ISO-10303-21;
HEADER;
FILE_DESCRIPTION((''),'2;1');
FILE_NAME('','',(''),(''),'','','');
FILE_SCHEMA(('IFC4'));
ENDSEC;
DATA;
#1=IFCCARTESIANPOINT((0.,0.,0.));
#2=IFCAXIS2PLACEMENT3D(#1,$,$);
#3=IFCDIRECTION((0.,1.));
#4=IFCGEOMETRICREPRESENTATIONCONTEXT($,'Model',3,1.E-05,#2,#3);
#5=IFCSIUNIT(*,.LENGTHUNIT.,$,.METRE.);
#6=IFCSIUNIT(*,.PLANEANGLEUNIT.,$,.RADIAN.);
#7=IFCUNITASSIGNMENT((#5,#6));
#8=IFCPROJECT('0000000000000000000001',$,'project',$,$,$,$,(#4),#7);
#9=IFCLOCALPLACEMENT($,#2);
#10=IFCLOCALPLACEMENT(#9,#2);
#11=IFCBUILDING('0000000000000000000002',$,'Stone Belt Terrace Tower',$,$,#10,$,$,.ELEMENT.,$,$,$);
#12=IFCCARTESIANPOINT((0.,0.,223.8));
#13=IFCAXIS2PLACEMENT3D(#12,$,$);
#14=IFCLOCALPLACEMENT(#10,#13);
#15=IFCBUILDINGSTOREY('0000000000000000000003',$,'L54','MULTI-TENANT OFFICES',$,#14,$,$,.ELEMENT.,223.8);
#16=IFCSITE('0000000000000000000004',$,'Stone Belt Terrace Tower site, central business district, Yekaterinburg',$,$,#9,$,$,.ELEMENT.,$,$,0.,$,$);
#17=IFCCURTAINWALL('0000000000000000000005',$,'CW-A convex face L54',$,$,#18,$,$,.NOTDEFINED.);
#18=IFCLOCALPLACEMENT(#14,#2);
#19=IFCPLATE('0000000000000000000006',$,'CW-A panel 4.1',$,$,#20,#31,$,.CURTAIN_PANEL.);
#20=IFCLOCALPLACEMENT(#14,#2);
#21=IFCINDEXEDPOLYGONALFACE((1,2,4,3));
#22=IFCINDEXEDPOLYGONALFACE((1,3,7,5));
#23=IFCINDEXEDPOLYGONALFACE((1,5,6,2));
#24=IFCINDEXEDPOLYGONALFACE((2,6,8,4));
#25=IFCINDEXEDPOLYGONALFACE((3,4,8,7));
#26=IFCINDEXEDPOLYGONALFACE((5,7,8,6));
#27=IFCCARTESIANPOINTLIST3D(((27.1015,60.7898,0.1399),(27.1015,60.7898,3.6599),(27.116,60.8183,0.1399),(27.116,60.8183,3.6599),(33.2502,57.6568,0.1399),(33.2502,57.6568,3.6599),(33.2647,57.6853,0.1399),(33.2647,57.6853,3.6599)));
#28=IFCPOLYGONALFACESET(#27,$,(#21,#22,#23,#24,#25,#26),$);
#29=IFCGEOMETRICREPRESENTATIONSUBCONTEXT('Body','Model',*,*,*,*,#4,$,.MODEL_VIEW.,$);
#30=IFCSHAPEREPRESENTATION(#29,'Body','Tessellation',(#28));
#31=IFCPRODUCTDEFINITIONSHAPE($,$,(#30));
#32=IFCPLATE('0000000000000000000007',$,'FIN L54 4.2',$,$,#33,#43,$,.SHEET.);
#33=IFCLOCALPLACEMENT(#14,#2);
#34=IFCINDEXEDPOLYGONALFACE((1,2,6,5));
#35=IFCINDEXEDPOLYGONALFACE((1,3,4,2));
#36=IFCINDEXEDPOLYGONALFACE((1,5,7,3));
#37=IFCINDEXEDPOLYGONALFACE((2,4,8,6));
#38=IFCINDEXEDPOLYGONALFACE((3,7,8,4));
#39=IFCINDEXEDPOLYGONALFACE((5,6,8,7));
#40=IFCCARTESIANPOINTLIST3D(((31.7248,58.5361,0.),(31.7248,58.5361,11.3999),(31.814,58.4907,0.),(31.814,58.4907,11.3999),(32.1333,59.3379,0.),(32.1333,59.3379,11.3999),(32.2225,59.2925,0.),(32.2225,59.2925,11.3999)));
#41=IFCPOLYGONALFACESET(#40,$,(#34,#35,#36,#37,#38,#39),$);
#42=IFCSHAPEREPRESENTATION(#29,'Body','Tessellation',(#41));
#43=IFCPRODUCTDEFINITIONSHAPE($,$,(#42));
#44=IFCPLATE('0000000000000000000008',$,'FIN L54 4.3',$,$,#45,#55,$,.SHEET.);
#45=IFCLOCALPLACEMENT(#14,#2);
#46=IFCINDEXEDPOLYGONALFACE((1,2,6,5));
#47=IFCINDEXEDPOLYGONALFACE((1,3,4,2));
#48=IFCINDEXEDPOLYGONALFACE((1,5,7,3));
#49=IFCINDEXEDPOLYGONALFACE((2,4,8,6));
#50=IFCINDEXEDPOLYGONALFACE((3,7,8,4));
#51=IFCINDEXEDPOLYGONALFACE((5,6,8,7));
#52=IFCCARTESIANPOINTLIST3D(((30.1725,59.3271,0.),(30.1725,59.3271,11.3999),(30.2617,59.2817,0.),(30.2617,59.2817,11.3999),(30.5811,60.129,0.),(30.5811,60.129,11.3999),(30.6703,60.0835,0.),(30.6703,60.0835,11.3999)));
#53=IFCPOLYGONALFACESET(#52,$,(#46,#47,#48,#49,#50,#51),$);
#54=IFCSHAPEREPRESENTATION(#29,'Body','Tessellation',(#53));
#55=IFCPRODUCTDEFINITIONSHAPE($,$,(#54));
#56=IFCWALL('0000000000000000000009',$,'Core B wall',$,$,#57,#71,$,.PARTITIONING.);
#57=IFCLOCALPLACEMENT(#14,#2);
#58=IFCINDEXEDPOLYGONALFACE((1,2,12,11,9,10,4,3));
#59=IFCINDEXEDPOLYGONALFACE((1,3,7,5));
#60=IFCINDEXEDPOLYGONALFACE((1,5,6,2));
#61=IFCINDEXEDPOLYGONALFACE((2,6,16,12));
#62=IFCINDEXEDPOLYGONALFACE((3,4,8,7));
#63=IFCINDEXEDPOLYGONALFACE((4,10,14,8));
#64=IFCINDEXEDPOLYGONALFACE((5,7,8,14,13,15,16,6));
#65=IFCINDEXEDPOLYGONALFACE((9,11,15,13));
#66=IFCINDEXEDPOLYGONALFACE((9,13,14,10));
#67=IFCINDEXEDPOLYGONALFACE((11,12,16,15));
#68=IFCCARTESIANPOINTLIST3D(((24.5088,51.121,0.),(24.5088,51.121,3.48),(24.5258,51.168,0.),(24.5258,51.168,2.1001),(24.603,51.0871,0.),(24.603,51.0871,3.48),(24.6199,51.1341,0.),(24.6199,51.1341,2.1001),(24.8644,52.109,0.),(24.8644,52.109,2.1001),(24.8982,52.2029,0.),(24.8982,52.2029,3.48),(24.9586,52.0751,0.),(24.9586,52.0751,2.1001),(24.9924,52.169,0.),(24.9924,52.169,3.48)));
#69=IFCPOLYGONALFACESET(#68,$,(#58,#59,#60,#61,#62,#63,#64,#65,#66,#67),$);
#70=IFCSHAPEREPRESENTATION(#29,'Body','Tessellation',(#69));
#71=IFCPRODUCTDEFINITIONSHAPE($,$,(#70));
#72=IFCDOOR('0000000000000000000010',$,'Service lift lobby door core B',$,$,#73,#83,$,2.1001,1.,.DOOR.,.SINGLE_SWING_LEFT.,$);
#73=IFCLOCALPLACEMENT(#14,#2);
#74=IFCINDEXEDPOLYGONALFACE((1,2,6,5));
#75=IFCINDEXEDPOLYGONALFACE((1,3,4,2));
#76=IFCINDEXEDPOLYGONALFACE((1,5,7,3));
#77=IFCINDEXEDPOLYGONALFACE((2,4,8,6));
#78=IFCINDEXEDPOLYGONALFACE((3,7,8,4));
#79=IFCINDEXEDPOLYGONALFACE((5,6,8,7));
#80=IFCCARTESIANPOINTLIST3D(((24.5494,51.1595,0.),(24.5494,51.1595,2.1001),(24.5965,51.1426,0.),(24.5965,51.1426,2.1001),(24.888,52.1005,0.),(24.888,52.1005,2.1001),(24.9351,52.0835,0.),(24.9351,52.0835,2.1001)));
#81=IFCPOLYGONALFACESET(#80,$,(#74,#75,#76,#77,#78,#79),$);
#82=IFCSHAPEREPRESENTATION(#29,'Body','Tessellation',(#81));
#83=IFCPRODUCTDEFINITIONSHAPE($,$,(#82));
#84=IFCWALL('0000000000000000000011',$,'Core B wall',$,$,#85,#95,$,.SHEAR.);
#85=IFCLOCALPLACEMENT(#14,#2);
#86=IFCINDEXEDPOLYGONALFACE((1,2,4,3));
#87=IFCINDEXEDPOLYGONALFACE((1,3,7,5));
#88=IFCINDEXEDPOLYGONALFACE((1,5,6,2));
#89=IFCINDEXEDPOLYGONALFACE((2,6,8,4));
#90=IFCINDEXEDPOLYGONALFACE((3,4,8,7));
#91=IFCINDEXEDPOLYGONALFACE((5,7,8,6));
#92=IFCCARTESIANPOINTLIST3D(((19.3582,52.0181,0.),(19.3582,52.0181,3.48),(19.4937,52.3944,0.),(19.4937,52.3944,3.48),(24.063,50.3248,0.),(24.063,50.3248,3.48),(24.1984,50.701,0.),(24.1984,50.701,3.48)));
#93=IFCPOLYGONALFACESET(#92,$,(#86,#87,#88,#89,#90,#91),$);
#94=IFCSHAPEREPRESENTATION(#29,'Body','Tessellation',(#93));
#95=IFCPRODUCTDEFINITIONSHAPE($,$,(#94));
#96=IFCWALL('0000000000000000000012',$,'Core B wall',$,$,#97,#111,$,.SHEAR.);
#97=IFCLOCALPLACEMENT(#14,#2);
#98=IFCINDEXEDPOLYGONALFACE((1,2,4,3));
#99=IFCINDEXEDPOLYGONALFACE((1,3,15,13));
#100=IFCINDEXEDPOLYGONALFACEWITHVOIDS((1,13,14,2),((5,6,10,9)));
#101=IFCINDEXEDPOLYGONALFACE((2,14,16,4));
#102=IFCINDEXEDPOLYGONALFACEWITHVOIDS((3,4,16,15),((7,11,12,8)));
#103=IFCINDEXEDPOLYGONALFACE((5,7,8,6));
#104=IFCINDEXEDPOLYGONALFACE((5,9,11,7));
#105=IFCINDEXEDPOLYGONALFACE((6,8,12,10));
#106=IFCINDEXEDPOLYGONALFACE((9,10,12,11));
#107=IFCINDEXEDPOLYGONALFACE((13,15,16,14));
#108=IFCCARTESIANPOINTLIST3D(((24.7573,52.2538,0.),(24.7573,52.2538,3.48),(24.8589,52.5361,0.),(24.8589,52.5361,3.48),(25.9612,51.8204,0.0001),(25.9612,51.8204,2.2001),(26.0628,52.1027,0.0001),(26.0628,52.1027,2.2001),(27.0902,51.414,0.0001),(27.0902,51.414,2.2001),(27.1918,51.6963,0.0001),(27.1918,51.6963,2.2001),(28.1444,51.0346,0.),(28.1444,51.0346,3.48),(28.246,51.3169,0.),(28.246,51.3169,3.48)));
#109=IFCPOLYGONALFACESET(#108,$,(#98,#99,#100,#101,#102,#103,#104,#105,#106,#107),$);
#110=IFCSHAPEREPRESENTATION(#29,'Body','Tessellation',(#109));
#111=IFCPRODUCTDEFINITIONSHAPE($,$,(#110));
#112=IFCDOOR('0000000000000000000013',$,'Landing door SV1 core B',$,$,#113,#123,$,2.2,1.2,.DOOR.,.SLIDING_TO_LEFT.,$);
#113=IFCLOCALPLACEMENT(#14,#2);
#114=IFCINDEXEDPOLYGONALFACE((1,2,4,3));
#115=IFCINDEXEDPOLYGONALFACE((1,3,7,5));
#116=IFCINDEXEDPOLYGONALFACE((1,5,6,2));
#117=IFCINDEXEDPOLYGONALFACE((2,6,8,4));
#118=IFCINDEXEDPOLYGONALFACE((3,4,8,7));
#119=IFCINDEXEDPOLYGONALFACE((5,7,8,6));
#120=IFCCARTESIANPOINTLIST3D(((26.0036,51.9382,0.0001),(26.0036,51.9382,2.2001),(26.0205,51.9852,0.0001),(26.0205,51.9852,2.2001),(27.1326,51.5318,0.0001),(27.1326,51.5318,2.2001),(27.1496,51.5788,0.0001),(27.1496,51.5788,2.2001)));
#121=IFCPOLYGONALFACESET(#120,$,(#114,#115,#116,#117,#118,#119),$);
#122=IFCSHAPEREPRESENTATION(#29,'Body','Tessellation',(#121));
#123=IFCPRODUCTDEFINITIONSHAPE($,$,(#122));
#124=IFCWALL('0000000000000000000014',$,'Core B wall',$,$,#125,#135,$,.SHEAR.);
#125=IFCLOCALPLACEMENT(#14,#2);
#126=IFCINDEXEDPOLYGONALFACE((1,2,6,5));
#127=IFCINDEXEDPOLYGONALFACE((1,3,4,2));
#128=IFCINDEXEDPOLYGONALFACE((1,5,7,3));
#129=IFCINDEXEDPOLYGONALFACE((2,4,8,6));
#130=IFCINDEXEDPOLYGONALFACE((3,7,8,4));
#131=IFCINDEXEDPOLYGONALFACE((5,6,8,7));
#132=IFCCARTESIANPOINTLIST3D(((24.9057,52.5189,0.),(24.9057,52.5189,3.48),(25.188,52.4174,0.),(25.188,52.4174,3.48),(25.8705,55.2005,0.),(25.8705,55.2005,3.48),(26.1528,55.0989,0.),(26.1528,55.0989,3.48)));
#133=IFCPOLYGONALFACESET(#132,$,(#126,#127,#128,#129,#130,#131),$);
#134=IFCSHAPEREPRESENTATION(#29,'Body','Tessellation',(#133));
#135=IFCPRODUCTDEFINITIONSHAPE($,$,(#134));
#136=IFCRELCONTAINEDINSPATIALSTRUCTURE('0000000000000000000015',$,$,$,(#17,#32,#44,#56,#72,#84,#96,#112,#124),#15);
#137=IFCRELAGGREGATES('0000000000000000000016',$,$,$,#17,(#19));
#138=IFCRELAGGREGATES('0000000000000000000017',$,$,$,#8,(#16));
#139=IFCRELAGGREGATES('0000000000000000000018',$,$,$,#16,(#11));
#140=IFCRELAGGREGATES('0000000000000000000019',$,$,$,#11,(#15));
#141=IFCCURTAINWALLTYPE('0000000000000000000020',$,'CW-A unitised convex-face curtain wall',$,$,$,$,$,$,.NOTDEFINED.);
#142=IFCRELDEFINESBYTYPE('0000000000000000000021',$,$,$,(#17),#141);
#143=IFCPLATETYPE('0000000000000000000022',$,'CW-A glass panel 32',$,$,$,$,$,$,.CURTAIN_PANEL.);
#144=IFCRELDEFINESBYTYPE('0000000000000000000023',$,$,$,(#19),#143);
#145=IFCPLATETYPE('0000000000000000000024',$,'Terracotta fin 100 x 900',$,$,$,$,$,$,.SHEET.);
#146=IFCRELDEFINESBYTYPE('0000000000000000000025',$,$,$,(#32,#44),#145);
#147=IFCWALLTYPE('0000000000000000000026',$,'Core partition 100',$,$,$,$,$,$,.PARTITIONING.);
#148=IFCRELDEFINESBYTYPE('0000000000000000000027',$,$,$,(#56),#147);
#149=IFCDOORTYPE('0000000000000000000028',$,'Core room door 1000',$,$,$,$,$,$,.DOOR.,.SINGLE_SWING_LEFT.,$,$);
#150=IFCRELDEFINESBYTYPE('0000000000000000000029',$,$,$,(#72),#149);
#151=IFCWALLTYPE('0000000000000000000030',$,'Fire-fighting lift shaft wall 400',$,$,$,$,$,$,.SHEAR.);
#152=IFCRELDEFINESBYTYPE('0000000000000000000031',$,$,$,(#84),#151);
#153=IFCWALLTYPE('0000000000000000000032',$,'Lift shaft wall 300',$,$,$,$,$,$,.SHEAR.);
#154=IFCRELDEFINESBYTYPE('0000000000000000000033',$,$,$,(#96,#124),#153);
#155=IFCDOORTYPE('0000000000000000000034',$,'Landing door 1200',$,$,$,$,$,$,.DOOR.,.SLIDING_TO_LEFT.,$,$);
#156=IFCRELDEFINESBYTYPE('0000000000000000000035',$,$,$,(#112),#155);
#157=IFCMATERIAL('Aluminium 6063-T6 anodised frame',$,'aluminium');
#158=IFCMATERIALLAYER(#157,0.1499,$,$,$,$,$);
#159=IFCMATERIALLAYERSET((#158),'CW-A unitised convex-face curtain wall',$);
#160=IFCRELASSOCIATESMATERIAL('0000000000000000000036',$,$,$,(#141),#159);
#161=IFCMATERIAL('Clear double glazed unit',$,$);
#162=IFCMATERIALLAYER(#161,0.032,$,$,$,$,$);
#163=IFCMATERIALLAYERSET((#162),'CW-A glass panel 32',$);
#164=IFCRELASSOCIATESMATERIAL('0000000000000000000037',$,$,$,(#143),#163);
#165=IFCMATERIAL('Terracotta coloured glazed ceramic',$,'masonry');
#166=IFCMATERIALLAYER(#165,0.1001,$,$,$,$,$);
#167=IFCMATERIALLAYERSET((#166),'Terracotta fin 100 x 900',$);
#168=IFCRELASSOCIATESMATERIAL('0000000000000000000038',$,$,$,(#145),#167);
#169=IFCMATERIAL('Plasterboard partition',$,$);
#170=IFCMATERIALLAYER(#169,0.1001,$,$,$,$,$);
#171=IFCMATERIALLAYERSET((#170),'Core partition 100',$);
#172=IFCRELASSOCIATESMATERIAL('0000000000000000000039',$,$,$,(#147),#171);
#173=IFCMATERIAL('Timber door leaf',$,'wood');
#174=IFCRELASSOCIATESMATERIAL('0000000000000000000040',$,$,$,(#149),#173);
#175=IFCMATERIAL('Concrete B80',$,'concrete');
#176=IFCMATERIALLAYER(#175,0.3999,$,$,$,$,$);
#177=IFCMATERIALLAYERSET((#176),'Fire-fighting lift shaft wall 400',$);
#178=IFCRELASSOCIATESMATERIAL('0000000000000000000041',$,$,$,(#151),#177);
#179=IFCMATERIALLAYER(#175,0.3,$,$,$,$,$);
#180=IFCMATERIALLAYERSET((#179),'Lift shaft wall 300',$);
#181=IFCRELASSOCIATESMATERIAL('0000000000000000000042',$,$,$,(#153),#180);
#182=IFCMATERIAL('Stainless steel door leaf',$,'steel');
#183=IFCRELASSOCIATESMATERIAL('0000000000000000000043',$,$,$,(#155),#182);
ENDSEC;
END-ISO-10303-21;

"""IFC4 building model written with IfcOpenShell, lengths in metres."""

from ifc_helpers import new_model, si_unit, direction, frame, frame_2d, origin, origin_2d, place, context, subcontext, project, spatial, rectangle, extrude, material, layer, layer_set, type_object, element, fill, aggregate, save


model = new_model("IFC4")

# Units and contexts
model_context = context("Model", 3, precision=1e-05, world=origin(), true_north=direction((0.0, 1.0)))
body_context = subcontext(model_context, "Body", "Model", "MODEL_VIEW")
ifc_project = project(units=[si_unit("LENGTHUNIT", "METRE"), si_unit("PLANEANGLEUNIT", "RADIAN")], contexts=[model_context])

# Site, building, storey
site_placement = place(None, origin())
site = spatial("IfcSite", under=ifc_project, at=site_placement, Name="Stone Belt Terrace Tower site, central business district, Yekaterinburg", CompositionType="ELEMENT", RefElevation=0.0)
building_placement = place(site_placement, origin())
building = spatial("IfcBuilding", under=site, at=building_placement, Name="Stone Belt Terrace Tower", CompositionType="ELEMENT")
storey_placement = place(building_placement, frame((0.0, 0.0, 223.8)))
storey = spatial("IfcBuildingStorey", under=building, at=storey_placement, Name="L54", Description="MULTI-TENANT OFFICES", CompositionType="ELEMENT", Elevation=223.8)

# Curtain wall, plate
ifc_material_1 = material(Name="Aluminium 6063-T6 anodised frame", Category="aluminium")
ifc_layer_1 = layer(ifc_material_1, 0.1499)
ifc_layer_set_1 = layer_set([ifc_layer_1], Name="CW-A unitised convex-face curtain wall")
curtain_wall_type = type_object("IfcCurtainWallType", Name="CW-A unitised convex-face curtain wall", PredefinedType="NOTDEFINED", material=ifc_layer_set_1)
curtain_wall_placement = place(storey_placement, origin())
curtain_wall = element("IfcCurtainWall", 1, at=curtain_wall_placement, inside=storey, type_object=curtain_wall_type, Name="CW-A convex face L54", PredefinedType="NOTDEFINED")
ifc_material_2 = material(Name="Clear double glazed unit")
ifc_layer_2 = layer(ifc_material_2, 0.032)
ifc_layer_set_2 = layer_set([ifc_layer_2], Name="CW-A glass panel 32")
plate_type_1 = type_object("IfcPlateType", Name="CW-A glass panel 32", PredefinedType="CURTAIN_PANEL", material=ifc_layer_set_2)
plate_placement = place(storey_placement, frame((30.1831, 59.2375, 0.1399), z_axis=(0.0, 0.0, 1.0), x_axis=(-0.891007, 0.45399, 0.0)))
plate = element("IfcPlate", 2, at=plate_placement, type_object=plate_type_1, Name="CW-A panel 4.1", PredefinedType="CURTAIN_PANEL", context=body_context, shape_type="SweptSolid", body=[
    extrude(rectangle(XDim=6.9009, YDim=0.032, at=origin_2d()), origin(), (0.0, 0.0, 1.0), 3.52),
])
aggregate(curtain_wall, [plate])

# Plates
ifc_material_3 = material(Name="Terracotta coloured glazed ceramic", Category="masonry")
ifc_layer_3 = layer(ifc_material_3, 0.1001)
ifc_layer_set_3 = layer_set([ifc_layer_3], Name="Terracotta fin 100 x 900")
plate_type_2 = type_object("IfcPlateType", Name="Terracotta fin 100 x 900", PredefinedType="SHEET", material=ifc_layer_set_3)
for number, where, z_axis, x_axis, name in (
    (3, (31.9736, 58.9143, 0.0), (0.0, 0.0, 1.0), (0.45399, 0.891007, 0.0), "FIN L54 4.2"),
    (4, (30.4214, 59.7053, 0.0), (0.0, 0.0, 1.0), (0.45399, 0.891007, 0.0), "FIN L54 4.3"),
):
    element("IfcPlate", number, at=place(storey_placement, frame(where, z_axis=z_axis, x_axis=x_axis)), inside=storey, type_object=plate_type_2, Name=name, PredefinedType="SHEET", context=body_context, shape_type="SweptSolid", body=[
        extrude(rectangle(XDim=0.8999, YDim=0.1001, at=origin_2d()), origin(), (0.0, 0.0, 1.0), 11.3999),
    ])

# Wall, opening, door
ifc_material_4 = material(Name="Plasterboard partition")
ifc_layer_4 = layer(ifc_material_4, 0.1001)
ifc_layer_set_4 = layer_set([ifc_layer_4], Name="Core partition 100")
wall_type_1 = type_object("IfcWallType", Name="Core partition 100", PredefinedType="PARTITIONING", material=ifc_layer_set_4)
wall_1_placement = place(storey_placement, frame((24.5559, 51.104, 0.0), z_axis=(0.0, 0.0, 1.0), x_axis=(0.338622, 0.940923, 0.0)))
wall_1 = element("IfcWall", 5, at=wall_1_placement, inside=storey, type_object=wall_type_1, Name="Core B wall", PredefinedType="PARTITIONING", context=body_context, shape_type="SweptSolid", body=[
    extrude(rectangle(XDim=1.1499, YDim=0.1001, at=frame_2d((0.575, 0.0))), origin(), (0.0, 0.0, 1.0), 3.48),
])
opening_1_placement = place(wall_1_placement, frame((0.05, 0.0, 0.0)))
opening_1 = element("IfcOpeningElement", 6, at=opening_1_placement, cuts=wall_1, PredefinedType="OPENING", context=body_context, shape_type="SweptSolid", body=[
    extrude(rectangle(XDim=1.0, YDim=2.1001, at=frame_2d((0.5, 1.05))), frame((0.0, 0.0601, 0.0), z_axis=(0.0, -1.0, 0.0), x_axis=(1.0, 0.0, 0.0)), (0.0, 0.0, 1.0), 0.1201),
])
ifc_material_5 = material(Name="Timber door leaf", Category="wood")
door_type_1 = type_object("IfcDoorType", Name="Core room door 1000", OperationType="SINGLE_SWING_LEFT", PredefinedType="DOOR", material=ifc_material_5)
door_1_placement = place(opening_1_placement, origin())
door_1 = element("IfcDoor", 7, at=door_1_placement, inside=storey, type_object=door_type_1, Name="Service lift lobby door core B", OperationType="SINGLE_SWING_LEFT", OverallHeight=2.1001, OverallWidth=1.0, PredefinedType="DOOR", context=body_context, shape_type="SweptSolid", body=[
    extrude(rectangle(XDim=1.0, YDim=2.1001, at=frame_2d((0.5, 1.05))), frame((0.0, 0.0249, 0.0), z_axis=(0.0, -1.0, 0.0), x_axis=(1.0, 0.0, 0.0)), (0.0, 0.0, 1.0), 0.05),
])
fill(opening_1, door_1)

# Wall
ifc_material_6 = material(Name="Concrete B80", Category="concrete")
ifc_layer_5 = layer(ifc_material_6, 0.3999)
ifc_layer_set_5 = layer_set([ifc_layer_5], Name="Fire-fighting lift shaft wall 400")
wall_type_2 = type_object("IfcWallType", Name="Fire-fighting lift shaft wall 400", PredefinedType="SHEAR", material=ifc_layer_set_5)
wall_2_placement = place(storey_placement, frame((24.1306, 50.5129, 0.0), z_axis=(0.0, 0.0, 1.0), x_axis=(-0.940912, 0.338652, 0.0)))
element("IfcWall", 8, at=wall_2_placement, inside=storey, type_object=wall_type_2, Name="Core B wall", PredefinedType="SHEAR", context=body_context, shape_type="SweptSolid", body=[
    extrude(rectangle(XDim=5.0002, YDim=0.3999, at=frame_2d((2.5, 0.0))), origin(), (0.0, 0.0, 1.0), 3.48),
])

# Wall, opening, door
ifc_layer_6 = layer(ifc_material_6, 0.3)
ifc_layer_set_6 = layer_set([ifc_layer_6], Name="Lift shaft wall 300")
wall_type_3 = type_object("IfcWallType", Name="Lift shaft wall 300", PredefinedType="SHEAR", material=ifc_layer_set_6)
wall_3_placement = place(storey_placement, frame((28.1951, 51.1758, 0.0), z_axis=(0.0, 0.0, 1.0), x_axis=(-0.940901, 0.338681, 0.0)))
wall_3 = element("IfcWall", 9, at=wall_3_placement, inside=storey, type_object=wall_type_3, Name="Core B wall", PredefinedType="SHEAR", context=body_context, shape_type="SweptSolid", body=[
    extrude(rectangle(XDim=3.5999, YDim=0.3, at=frame_2d((1.7998, 0.0))), origin(), (0.0, 0.0, 1.0), 3.48),
])
opening_2_placement = place(wall_3_placement, frame((1.1201, 0.0, 0.0)))
opening_2 = element("IfcOpeningElement", 10, at=opening_2_placement, cuts=wall_3, PredefinedType="OPENING", context=body_context, shape_type="SweptSolid", body=[
    extrude(rectangle(XDim=1.2, YDim=2.2, at=frame_2d((0.6001, 1.1001))), frame((0.0, 0.1599, 0.0), z_axis=(0.0, -1.0, 0.0), x_axis=(1.0, 0.0, 0.0)), (0.0, 0.0, 1.0), 0.3201),
])
ifc_material_7 = material(Name="Stainless steel door leaf", Category="steel")
door_type_2 = type_object("IfcDoorType", Name="Landing door 1200", OperationType="SLIDING_TO_LEFT", PredefinedType="DOOR", material=ifc_material_7)
door_2_placement = place(opening_2_placement, origin())
door_2 = element("IfcDoor", 11, at=door_2_placement, inside=storey, type_object=door_type_2, Name="Landing door SV1 core B", OperationType="SLIDING_TO_LEFT", OverallHeight=2.2, OverallWidth=1.2, PredefinedType="DOOR", context=body_context, shape_type="SweptSolid", body=[
    extrude(rectangle(XDim=1.2, YDim=2.2, at=frame_2d((0.6001, 1.1001))), frame((0.0, 0.0249, 0.0), z_axis=(0.0, -1.0, 0.0), x_axis=(1.0, 0.0, 0.0)), (0.0, 0.0, 1.0), 0.05),
])
fill(opening_2, door_2)

# Wall
wall_4_placement = place(storey_placement, frame((25.0469, 52.4683, 0.0), z_axis=(0.0, 0.0, 1.0), x_axis=(0.33855, 0.940949, 0.0)))
element("IfcWall", 12, at=wall_4_placement, inside=storey, type_object=wall_type_3, Name="Core B wall", PredefinedType="SHEAR", context=body_context, shape_type="SweptSolid", body=[
    extrude(rectangle(XDim=2.8499, YDim=0.3, at=frame_2d((1.4248, 0.0))), origin(), (0.0, 0.0, 1.0), 3.48),
])

save(model, "model.ifc")
